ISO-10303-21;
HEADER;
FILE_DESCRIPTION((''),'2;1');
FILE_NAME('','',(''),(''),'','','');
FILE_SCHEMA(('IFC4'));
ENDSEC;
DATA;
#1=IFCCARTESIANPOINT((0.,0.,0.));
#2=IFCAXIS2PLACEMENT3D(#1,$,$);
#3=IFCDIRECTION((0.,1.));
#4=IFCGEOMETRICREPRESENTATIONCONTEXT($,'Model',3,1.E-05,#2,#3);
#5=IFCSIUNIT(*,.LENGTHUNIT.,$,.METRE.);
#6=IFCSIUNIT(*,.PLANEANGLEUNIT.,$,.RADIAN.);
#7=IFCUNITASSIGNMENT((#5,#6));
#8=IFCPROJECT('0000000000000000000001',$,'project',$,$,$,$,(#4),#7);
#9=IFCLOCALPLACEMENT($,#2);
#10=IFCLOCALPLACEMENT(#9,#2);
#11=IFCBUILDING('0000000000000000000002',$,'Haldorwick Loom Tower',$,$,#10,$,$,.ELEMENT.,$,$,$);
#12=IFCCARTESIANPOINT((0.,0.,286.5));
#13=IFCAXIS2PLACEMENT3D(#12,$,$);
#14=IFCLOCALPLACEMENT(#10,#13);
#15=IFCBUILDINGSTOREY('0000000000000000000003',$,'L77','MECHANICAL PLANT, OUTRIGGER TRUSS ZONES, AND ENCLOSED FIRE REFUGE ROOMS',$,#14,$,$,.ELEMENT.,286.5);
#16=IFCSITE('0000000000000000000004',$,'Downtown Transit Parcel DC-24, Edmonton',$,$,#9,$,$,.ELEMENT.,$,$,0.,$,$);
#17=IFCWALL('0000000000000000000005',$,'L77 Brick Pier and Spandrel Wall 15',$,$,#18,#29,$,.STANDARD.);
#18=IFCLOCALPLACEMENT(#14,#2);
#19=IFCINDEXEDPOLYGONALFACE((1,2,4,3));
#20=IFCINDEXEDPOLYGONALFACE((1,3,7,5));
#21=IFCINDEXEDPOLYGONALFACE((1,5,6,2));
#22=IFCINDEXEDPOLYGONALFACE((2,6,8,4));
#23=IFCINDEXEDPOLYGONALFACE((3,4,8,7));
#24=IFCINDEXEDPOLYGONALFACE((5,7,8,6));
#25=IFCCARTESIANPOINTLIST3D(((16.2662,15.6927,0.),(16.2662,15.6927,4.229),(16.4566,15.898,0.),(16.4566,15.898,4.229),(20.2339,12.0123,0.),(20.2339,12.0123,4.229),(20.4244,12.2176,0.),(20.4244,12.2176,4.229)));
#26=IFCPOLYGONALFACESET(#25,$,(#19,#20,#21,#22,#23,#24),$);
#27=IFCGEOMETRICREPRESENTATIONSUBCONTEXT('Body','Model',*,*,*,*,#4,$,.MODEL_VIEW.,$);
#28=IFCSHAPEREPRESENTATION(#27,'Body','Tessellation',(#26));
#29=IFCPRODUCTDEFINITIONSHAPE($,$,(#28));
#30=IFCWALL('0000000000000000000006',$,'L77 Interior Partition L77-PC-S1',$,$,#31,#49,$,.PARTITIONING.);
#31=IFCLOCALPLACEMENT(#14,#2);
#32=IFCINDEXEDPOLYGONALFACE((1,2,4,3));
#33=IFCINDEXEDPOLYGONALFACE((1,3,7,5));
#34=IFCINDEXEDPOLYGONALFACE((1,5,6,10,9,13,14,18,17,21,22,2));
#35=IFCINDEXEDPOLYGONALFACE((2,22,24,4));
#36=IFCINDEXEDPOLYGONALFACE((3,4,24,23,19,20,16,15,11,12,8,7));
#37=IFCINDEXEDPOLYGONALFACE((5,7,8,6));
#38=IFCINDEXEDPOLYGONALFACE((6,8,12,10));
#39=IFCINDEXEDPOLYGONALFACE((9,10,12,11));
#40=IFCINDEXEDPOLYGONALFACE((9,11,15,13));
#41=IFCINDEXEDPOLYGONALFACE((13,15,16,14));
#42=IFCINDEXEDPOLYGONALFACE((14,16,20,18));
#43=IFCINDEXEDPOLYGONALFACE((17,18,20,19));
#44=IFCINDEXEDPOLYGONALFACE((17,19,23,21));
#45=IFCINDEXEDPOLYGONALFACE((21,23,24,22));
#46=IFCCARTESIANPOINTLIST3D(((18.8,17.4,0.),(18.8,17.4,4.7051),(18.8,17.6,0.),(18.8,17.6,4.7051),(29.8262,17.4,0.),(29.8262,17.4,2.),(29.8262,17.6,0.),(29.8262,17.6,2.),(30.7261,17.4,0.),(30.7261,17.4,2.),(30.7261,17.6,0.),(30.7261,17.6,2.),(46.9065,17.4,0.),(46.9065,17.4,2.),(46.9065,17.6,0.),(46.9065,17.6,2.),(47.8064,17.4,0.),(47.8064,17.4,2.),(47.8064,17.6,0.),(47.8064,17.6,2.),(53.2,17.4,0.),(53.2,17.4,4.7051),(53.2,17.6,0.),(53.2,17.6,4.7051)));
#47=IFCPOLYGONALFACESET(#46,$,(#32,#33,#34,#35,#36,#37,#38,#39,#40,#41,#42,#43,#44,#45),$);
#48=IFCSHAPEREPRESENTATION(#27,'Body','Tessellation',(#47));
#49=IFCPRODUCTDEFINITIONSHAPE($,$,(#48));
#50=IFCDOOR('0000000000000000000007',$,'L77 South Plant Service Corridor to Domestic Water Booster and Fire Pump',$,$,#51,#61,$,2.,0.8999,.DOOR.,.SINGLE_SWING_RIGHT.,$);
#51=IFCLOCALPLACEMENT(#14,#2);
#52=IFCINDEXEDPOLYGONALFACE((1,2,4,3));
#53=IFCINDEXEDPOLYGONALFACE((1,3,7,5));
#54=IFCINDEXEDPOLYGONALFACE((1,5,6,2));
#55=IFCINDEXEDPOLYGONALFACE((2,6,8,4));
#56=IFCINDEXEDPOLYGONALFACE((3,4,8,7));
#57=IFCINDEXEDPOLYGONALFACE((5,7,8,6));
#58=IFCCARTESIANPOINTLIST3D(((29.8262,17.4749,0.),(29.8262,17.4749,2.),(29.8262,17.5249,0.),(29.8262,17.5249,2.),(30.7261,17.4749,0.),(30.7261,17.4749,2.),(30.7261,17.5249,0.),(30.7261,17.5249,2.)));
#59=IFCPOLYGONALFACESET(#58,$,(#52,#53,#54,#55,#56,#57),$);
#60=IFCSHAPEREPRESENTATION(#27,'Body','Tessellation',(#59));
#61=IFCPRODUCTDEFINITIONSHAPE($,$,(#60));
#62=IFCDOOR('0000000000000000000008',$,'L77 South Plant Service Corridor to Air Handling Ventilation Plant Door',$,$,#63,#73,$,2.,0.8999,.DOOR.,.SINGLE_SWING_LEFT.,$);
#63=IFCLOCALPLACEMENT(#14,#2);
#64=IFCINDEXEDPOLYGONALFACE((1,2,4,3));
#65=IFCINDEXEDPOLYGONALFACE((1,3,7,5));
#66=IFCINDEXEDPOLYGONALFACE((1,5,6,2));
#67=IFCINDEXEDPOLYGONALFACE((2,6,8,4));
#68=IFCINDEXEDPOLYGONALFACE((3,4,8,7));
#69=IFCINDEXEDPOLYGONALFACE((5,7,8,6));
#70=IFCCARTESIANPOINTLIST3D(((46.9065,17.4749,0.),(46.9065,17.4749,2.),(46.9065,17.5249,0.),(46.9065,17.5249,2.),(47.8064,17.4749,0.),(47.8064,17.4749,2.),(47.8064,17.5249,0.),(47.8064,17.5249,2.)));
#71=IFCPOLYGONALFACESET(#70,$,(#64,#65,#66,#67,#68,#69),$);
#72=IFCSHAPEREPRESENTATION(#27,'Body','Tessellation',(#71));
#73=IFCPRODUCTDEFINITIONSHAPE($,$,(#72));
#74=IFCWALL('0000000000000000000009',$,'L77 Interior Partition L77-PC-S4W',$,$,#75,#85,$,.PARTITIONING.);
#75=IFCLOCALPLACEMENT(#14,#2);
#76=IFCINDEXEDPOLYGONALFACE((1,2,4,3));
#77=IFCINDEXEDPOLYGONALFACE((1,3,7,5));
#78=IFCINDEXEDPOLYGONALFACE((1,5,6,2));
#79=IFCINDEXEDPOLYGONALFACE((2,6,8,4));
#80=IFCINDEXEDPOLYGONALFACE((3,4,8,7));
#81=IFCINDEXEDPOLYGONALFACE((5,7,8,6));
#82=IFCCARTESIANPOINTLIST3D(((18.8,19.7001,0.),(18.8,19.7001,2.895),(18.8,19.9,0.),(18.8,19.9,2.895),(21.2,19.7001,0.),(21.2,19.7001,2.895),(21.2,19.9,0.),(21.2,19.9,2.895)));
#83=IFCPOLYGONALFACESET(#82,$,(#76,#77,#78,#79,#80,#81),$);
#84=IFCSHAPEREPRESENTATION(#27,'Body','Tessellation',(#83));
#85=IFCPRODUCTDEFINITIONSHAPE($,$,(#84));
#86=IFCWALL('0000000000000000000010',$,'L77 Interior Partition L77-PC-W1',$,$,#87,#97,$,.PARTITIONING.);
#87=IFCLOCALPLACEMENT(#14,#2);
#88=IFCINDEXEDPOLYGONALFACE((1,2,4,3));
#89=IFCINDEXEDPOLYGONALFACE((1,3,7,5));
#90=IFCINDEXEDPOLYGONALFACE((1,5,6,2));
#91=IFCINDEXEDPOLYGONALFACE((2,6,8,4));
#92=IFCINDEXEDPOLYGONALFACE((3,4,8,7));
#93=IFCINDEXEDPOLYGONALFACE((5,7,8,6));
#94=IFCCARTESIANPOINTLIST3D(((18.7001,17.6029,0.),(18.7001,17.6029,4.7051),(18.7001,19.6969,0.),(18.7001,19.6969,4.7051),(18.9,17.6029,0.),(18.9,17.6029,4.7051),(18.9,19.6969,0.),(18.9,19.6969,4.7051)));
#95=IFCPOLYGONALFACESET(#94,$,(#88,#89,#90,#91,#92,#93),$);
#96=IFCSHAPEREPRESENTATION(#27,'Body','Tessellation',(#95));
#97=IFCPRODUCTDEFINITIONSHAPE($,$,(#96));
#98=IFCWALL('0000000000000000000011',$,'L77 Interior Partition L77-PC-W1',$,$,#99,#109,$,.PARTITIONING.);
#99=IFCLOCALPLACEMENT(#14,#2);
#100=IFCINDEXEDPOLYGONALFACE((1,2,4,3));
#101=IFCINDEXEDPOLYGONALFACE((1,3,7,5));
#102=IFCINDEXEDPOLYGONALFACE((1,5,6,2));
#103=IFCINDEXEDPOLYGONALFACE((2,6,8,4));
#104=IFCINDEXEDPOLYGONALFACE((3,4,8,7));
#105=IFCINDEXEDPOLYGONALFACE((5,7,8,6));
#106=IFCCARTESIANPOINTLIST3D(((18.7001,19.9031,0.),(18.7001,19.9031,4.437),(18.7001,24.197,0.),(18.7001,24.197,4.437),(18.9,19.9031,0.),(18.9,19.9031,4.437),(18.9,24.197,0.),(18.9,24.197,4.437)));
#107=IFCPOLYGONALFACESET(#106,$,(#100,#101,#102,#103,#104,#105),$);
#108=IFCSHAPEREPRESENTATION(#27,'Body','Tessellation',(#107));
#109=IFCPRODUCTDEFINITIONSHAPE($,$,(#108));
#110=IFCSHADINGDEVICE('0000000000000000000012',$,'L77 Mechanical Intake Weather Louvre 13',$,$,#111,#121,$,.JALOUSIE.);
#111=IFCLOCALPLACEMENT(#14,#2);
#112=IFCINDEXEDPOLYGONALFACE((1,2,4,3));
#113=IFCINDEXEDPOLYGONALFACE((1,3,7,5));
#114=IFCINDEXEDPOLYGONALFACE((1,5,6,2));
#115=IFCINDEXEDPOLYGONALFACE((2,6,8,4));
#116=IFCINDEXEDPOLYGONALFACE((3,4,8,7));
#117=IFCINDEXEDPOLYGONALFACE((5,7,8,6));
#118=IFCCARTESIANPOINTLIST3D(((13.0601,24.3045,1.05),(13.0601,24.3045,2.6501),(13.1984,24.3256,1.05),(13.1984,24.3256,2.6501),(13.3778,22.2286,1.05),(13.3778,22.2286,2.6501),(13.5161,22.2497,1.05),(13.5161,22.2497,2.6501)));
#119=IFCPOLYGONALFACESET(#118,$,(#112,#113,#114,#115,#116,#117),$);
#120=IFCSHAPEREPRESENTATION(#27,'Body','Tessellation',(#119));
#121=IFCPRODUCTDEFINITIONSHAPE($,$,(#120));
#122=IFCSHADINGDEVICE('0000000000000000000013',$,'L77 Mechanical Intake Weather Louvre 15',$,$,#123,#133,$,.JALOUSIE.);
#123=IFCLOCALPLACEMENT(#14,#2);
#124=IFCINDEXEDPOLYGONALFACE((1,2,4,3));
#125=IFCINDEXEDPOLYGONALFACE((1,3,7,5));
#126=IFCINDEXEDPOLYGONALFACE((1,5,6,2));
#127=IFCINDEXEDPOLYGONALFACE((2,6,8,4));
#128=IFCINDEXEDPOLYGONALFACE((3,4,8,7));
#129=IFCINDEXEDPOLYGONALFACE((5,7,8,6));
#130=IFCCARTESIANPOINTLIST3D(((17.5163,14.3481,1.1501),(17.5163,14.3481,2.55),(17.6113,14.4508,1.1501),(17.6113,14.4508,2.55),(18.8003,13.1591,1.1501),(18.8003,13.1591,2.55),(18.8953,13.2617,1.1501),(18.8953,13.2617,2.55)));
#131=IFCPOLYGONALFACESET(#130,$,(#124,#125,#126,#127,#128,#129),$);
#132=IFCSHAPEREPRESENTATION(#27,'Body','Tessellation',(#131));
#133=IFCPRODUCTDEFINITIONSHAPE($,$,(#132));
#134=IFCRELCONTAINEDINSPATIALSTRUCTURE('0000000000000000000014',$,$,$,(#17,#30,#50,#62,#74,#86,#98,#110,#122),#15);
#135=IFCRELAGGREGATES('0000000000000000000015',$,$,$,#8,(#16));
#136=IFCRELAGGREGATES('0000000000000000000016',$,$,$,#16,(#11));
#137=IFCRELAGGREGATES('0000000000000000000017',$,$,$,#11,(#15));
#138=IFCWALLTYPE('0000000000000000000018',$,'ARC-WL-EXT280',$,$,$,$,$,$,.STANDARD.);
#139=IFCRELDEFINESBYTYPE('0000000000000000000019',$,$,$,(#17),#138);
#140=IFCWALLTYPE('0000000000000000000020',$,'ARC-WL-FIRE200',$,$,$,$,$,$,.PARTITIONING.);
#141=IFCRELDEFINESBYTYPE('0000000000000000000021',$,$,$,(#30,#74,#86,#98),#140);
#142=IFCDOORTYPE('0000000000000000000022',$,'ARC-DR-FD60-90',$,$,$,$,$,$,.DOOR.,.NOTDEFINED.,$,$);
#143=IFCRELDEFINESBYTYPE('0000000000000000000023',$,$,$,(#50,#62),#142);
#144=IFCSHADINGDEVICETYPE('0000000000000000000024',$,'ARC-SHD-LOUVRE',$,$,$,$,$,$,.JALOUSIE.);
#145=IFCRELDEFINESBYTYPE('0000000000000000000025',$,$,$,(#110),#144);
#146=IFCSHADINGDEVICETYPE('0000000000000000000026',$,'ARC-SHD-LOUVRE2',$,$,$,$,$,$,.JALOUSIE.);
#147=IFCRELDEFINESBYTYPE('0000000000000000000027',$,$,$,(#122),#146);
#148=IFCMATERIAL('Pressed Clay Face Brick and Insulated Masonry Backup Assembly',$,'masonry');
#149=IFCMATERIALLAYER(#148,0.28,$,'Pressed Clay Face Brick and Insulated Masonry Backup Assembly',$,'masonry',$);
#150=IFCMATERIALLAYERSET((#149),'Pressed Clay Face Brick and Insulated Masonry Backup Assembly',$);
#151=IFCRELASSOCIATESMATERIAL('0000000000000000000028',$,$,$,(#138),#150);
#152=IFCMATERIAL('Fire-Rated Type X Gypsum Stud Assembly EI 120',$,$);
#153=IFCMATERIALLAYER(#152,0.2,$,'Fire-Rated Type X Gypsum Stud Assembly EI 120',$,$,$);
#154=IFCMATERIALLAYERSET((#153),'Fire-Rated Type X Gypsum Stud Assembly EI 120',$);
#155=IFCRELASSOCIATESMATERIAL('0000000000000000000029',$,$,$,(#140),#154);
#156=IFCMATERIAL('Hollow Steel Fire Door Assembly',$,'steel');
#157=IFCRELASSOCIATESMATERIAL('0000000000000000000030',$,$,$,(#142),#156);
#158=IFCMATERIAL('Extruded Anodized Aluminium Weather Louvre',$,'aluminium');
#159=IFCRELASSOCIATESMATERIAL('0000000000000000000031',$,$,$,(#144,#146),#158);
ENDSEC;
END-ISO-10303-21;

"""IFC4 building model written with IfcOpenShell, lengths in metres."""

from ifc_helpers import new_model, si_unit, direction, frame, frame_2d, origin, origin_2d, place, context, subcontext, project, spatial, rectangle, extrude, material, layer, layer_set, type_object, element, fill, save


model = new_model("IFC4")

# Units and contexts
model_context = context("Model", 3, precision=1e-05, world=origin(), true_north=direction((0.0, 1.0)))
body_context = subcontext(model_context, "Body", "Model", "MODEL_VIEW")
ifc_project = project(units=[si_unit("LENGTHUNIT", "METRE"), si_unit("PLANEANGLEUNIT", "RADIAN")], contexts=[model_context])

# Site, building, storey
site_placement = place(None, origin())
site = spatial("IfcSite", under=ifc_project, at=site_placement, Name="Downtown Transit Parcel DC-24, Edmonton", CompositionType="ELEMENT", RefElevation=0.0)
building_placement = place(site_placement, origin())
building = spatial("IfcBuilding", under=site, at=building_placement, Name="Haldorwick Loom Tower", CompositionType="ELEMENT")
storey_placement = place(building_placement, frame((0.0, 0.0, 286.5)))
storey = spatial("IfcBuildingStorey", under=building, at=storey_placement, Name="L77", Description="MECHANICAL PLANT, OUTRIGGER TRUSS ZONES, AND ENCLOSED FIRE REFUGE ROOMS", CompositionType="ELEMENT", Elevation=286.5)

# Wall
ifc_material_1 = material(Name="Pressed Clay Face Brick and Insulated Masonry Backup Assembly", Category="masonry")
ifc_layer_1 = layer(ifc_material_1, 0.28, Name="Pressed Clay Face Brick and Insulated Masonry Backup Assembly", Category="masonry")
ifc_layer_set_1 = layer_set([ifc_layer_1], Name="Pressed Clay Face Brick and Insulated Masonry Backup Assembly")
wall_type_1 = type_object("IfcWallType", Name="ARC-WL-EXT280", PredefinedType="STANDARD", material=ifc_layer_set_1)
for number, where, z_axis, x_axis, name in (
    (1, (16.3613, 15.7954, 0.0), (0.0, 0.0, 1.0), (0.733157, -0.68006, 0.0), "L77 Brick Pier and Spandrel Wall 15"),
):
    element("IfcWall", number, at=place(storey_placement, frame(where, z_axis=z_axis, x_axis=x_axis)), inside=storey, type_object=wall_type_1, Name=name, PredefinedType="STANDARD", context=body_context, shape_type="SweptSolid", body=[
        extrude(rectangle(XDim=5.4119, YDim=0.28, at=frame_2d((2.7061, 0.0))), origin(), (0.0, 0.0, 1.0), 4.229),
    ])

# Wall, openings, doors
ifc_material_2 = material(Name="Fire-Rated Type X Gypsum Stud Assembly EI 120")
ifc_layer_2 = layer(ifc_material_2, 0.2, Name="Fire-Rated Type X Gypsum Stud Assembly EI 120")
ifc_layer_set_2 = layer_set([ifc_layer_2], Name="Fire-Rated Type X Gypsum Stud Assembly EI 120")
wall_type_2 = type_object("IfcWallType", Name="ARC-WL-FIRE200", PredefinedType="PARTITIONING", material=ifc_layer_set_2)
wall_1_placement = place(storey_placement, frame((18.8, 17.5, 0.0), z_axis=(0.0, 0.0, 1.0), x_axis=(1.0, 0.0, 0.0)))
wall_1 = element("IfcWall", 2, at=wall_1_placement, inside=storey, type_object=wall_type_2, Name="L77 Interior Partition L77-PC-S1", PredefinedType="PARTITIONING", context=body_context, shape_type="SweptSolid", body=[
    extrude(rectangle(XDim=34.3999, YDim=0.2, at=frame_2d((17.2, 0.0))), origin(), (0.0, 0.0, 1.0), 4.7051),
])
opening_1_placement = place(wall_1_placement, frame((11.0261, 0.0, 0.0)))
opening_1 = element("IfcOpeningElement", 3, at=opening_1_placement, cuts=wall_1, PredefinedType="OPENING", context=body_context, shape_type="SweptSolid", body=[
    extrude(rectangle(XDim=0.8999, YDim=2.0, at=frame_2d((0.45, 1.0))), frame((0.0, 0.1099, 0.0), z_axis=(0.0, -1.0, 0.0), x_axis=(1.0, 0.0, 0.0)), (0.0, 0.0, 1.0), 0.22),
])
opening_2_placement = place(wall_1_placement, frame((28.1064, 0.0, 0.0)))
opening_2 = element("IfcOpeningElement", 4, at=opening_2_placement, cuts=wall_1, PredefinedType="OPENING", context=body_context, shape_type="SweptSolid", body=[
    extrude(rectangle(XDim=0.8999, YDim=2.0, at=frame_2d((0.45, 1.0))), frame((0.0, 0.1099, 0.0), z_axis=(0.0, -1.0, 0.0), x_axis=(1.0, 0.0, 0.0)), (0.0, 0.0, 1.0), 0.22),
])
ifc_material_3 = material(Name="Hollow Steel Fire Door Assembly", Category="steel")
door_type = type_object("IfcDoorType", Name="ARC-DR-FD60-90", OperationType="NOTDEFINED", PredefinedType="DOOR", material=ifc_material_3)
door_1_placement = place(opening_1_placement, origin())
door_1 = element("IfcDoor", 5, at=door_1_placement, inside=storey, type_object=door_type, Name="L77 South Plant Service Corridor to Domestic Water Booster and Fire Pump", OperationType="SINGLE_SWING_RIGHT", OverallHeight=2.0, OverallWidth=0.8999, PredefinedType="DOOR", context=body_context, shape_type="SweptSolid", body=[
    extrude(rectangle(XDim=0.8999, YDim=2.0, at=frame_2d((0.45, 1.0))), frame((0.0, 0.0249, 0.0), z_axis=(0.0, -1.0, 0.0), x_axis=(1.0, 0.0, 0.0)), (0.0, 0.0, 1.0), 0.05),
])
fill(opening_1, door_1)
door_2_placement = place(opening_2_placement, origin())
door_2 = element("IfcDoor", 6, at=door_2_placement, inside=storey, type_object=door_type, Name="L77 South Plant Service Corridor to Air Handling Ventilation Plant Door", OperationType="SINGLE_SWING_LEFT", OverallHeight=2.0, OverallWidth=0.8999, PredefinedType="DOOR", context=body_context, shape_type="SweptSolid", body=[
    extrude(rectangle(XDim=0.8999, YDim=2.0, at=frame_2d((0.45, 1.0))), frame((0.0, 0.0249, 0.0), z_axis=(0.0, -1.0, 0.0), x_axis=(1.0, 0.0, 0.0)), (0.0, 0.0, 1.0), 0.05),
])
fill(opening_2, door_2)

# Walls
wall_2_placement = place(storey_placement, frame((18.8, 19.8, 0.0), z_axis=(0.0, 0.0, 1.0), x_axis=(1.0, 0.0, 0.0)))
element("IfcWall", 7, at=wall_2_placement, inside=storey, type_object=wall_type_2, Name="L77 Interior Partition L77-PC-S4W", PredefinedType="PARTITIONING", context=body_context, shape_type="SweptSolid", body=[
    extrude(rectangle(XDim=2.3999, YDim=0.2, at=frame_2d((1.2, 0.0))), origin(), (0.0, 0.0, 1.0), 2.895),
])
wall_3_placement = place(storey_placement, frame((18.8, 17.603, 0.0), z_axis=(0.0, 0.0, 1.0), x_axis=(0.0, 1.0, 0.0)))
element("IfcWall", 8, at=wall_3_placement, inside=storey, type_object=wall_type_2, Name="L77 Interior Partition L77-PC-W1", PredefinedType="PARTITIONING", context=body_context, shape_type="SweptSolid", body=[
    extrude(rectangle(XDim=2.094, YDim=0.2, at=frame_2d((1.0469, 0.0))), origin(), (0.0, 0.0, 1.0), 4.7051),
])
wall_4_placement = place(storey_placement, frame((18.8, 19.9031, 0.0), z_axis=(0.0, 0.0, 1.0), x_axis=(0.0, 1.0, 0.0)))
element("IfcWall", 9, at=wall_4_placement, inside=storey, type_object=wall_type_2, Name="L77 Interior Partition L77-PC-W1", PredefinedType="PARTITIONING", context=body_context, shape_type="SweptSolid", body=[
    extrude(rectangle(XDim=4.2939, YDim=0.2, at=frame_2d((2.147, 0.0))), origin(), (0.0, 0.0, 1.0), 4.437),
])

# Shading devices
ifc_material_4 = material(Name="Extruded Anodized Aluminium Weather Louvre", Category="aluminium")
shading_device_type_1 = type_object("IfcShadingDeviceType", Name="ARC-SHD-LOUVRE", PredefinedType="JALOUSIE", material=ifc_material_4)
shading_device_1_placement = place(storey_placement, frame((13.2881, 23.2771, 1.05), z_axis=(0.0, 0.0, 1.0), x_axis=(0.151261, -0.988494, 0.0)))
element("IfcShadingDevice", 10, at=shading_device_1_placement, inside=storey, type_object=shading_device_type_1, Name="L77 Mechanical Intake Weather Louvre 13", PredefinedType="JALOUSIE", context=body_context, shape_type="SweptSolid", body=[
    extrude(rectangle(XDim=2.1001, YDim=0.1399, at=origin_2d()), origin(), (0.0, 0.0, 1.0), 1.6001),
])
shading_device_type_2 = type_object("IfcShadingDeviceType", Name="ARC-SHD-LOUVRE2", PredefinedType="JALOUSIE", material=ifc_material_4)
shading_device_2_placement = place(storey_placement, frame((18.2058, 13.8049, 1.1501), z_axis=(0.0, 0.0, 1.0), x_axis=(0.73373, -0.679441, 0.0)))
element("IfcShadingDevice", 11, at=shading_device_2_placement, inside=storey, type_object=shading_device_type_2, Name="L77 Mechanical Intake Weather Louvre 15", PredefinedType="JALOUSIE", context=body_context, shape_type="SweptSolid", body=[
    extrude(rectangle(XDim=1.75, YDim=0.1399, at=origin_2d()), origin(), (0.0, 0.0, 1.0), 1.3999),
])

save(model, "model.ifc")
